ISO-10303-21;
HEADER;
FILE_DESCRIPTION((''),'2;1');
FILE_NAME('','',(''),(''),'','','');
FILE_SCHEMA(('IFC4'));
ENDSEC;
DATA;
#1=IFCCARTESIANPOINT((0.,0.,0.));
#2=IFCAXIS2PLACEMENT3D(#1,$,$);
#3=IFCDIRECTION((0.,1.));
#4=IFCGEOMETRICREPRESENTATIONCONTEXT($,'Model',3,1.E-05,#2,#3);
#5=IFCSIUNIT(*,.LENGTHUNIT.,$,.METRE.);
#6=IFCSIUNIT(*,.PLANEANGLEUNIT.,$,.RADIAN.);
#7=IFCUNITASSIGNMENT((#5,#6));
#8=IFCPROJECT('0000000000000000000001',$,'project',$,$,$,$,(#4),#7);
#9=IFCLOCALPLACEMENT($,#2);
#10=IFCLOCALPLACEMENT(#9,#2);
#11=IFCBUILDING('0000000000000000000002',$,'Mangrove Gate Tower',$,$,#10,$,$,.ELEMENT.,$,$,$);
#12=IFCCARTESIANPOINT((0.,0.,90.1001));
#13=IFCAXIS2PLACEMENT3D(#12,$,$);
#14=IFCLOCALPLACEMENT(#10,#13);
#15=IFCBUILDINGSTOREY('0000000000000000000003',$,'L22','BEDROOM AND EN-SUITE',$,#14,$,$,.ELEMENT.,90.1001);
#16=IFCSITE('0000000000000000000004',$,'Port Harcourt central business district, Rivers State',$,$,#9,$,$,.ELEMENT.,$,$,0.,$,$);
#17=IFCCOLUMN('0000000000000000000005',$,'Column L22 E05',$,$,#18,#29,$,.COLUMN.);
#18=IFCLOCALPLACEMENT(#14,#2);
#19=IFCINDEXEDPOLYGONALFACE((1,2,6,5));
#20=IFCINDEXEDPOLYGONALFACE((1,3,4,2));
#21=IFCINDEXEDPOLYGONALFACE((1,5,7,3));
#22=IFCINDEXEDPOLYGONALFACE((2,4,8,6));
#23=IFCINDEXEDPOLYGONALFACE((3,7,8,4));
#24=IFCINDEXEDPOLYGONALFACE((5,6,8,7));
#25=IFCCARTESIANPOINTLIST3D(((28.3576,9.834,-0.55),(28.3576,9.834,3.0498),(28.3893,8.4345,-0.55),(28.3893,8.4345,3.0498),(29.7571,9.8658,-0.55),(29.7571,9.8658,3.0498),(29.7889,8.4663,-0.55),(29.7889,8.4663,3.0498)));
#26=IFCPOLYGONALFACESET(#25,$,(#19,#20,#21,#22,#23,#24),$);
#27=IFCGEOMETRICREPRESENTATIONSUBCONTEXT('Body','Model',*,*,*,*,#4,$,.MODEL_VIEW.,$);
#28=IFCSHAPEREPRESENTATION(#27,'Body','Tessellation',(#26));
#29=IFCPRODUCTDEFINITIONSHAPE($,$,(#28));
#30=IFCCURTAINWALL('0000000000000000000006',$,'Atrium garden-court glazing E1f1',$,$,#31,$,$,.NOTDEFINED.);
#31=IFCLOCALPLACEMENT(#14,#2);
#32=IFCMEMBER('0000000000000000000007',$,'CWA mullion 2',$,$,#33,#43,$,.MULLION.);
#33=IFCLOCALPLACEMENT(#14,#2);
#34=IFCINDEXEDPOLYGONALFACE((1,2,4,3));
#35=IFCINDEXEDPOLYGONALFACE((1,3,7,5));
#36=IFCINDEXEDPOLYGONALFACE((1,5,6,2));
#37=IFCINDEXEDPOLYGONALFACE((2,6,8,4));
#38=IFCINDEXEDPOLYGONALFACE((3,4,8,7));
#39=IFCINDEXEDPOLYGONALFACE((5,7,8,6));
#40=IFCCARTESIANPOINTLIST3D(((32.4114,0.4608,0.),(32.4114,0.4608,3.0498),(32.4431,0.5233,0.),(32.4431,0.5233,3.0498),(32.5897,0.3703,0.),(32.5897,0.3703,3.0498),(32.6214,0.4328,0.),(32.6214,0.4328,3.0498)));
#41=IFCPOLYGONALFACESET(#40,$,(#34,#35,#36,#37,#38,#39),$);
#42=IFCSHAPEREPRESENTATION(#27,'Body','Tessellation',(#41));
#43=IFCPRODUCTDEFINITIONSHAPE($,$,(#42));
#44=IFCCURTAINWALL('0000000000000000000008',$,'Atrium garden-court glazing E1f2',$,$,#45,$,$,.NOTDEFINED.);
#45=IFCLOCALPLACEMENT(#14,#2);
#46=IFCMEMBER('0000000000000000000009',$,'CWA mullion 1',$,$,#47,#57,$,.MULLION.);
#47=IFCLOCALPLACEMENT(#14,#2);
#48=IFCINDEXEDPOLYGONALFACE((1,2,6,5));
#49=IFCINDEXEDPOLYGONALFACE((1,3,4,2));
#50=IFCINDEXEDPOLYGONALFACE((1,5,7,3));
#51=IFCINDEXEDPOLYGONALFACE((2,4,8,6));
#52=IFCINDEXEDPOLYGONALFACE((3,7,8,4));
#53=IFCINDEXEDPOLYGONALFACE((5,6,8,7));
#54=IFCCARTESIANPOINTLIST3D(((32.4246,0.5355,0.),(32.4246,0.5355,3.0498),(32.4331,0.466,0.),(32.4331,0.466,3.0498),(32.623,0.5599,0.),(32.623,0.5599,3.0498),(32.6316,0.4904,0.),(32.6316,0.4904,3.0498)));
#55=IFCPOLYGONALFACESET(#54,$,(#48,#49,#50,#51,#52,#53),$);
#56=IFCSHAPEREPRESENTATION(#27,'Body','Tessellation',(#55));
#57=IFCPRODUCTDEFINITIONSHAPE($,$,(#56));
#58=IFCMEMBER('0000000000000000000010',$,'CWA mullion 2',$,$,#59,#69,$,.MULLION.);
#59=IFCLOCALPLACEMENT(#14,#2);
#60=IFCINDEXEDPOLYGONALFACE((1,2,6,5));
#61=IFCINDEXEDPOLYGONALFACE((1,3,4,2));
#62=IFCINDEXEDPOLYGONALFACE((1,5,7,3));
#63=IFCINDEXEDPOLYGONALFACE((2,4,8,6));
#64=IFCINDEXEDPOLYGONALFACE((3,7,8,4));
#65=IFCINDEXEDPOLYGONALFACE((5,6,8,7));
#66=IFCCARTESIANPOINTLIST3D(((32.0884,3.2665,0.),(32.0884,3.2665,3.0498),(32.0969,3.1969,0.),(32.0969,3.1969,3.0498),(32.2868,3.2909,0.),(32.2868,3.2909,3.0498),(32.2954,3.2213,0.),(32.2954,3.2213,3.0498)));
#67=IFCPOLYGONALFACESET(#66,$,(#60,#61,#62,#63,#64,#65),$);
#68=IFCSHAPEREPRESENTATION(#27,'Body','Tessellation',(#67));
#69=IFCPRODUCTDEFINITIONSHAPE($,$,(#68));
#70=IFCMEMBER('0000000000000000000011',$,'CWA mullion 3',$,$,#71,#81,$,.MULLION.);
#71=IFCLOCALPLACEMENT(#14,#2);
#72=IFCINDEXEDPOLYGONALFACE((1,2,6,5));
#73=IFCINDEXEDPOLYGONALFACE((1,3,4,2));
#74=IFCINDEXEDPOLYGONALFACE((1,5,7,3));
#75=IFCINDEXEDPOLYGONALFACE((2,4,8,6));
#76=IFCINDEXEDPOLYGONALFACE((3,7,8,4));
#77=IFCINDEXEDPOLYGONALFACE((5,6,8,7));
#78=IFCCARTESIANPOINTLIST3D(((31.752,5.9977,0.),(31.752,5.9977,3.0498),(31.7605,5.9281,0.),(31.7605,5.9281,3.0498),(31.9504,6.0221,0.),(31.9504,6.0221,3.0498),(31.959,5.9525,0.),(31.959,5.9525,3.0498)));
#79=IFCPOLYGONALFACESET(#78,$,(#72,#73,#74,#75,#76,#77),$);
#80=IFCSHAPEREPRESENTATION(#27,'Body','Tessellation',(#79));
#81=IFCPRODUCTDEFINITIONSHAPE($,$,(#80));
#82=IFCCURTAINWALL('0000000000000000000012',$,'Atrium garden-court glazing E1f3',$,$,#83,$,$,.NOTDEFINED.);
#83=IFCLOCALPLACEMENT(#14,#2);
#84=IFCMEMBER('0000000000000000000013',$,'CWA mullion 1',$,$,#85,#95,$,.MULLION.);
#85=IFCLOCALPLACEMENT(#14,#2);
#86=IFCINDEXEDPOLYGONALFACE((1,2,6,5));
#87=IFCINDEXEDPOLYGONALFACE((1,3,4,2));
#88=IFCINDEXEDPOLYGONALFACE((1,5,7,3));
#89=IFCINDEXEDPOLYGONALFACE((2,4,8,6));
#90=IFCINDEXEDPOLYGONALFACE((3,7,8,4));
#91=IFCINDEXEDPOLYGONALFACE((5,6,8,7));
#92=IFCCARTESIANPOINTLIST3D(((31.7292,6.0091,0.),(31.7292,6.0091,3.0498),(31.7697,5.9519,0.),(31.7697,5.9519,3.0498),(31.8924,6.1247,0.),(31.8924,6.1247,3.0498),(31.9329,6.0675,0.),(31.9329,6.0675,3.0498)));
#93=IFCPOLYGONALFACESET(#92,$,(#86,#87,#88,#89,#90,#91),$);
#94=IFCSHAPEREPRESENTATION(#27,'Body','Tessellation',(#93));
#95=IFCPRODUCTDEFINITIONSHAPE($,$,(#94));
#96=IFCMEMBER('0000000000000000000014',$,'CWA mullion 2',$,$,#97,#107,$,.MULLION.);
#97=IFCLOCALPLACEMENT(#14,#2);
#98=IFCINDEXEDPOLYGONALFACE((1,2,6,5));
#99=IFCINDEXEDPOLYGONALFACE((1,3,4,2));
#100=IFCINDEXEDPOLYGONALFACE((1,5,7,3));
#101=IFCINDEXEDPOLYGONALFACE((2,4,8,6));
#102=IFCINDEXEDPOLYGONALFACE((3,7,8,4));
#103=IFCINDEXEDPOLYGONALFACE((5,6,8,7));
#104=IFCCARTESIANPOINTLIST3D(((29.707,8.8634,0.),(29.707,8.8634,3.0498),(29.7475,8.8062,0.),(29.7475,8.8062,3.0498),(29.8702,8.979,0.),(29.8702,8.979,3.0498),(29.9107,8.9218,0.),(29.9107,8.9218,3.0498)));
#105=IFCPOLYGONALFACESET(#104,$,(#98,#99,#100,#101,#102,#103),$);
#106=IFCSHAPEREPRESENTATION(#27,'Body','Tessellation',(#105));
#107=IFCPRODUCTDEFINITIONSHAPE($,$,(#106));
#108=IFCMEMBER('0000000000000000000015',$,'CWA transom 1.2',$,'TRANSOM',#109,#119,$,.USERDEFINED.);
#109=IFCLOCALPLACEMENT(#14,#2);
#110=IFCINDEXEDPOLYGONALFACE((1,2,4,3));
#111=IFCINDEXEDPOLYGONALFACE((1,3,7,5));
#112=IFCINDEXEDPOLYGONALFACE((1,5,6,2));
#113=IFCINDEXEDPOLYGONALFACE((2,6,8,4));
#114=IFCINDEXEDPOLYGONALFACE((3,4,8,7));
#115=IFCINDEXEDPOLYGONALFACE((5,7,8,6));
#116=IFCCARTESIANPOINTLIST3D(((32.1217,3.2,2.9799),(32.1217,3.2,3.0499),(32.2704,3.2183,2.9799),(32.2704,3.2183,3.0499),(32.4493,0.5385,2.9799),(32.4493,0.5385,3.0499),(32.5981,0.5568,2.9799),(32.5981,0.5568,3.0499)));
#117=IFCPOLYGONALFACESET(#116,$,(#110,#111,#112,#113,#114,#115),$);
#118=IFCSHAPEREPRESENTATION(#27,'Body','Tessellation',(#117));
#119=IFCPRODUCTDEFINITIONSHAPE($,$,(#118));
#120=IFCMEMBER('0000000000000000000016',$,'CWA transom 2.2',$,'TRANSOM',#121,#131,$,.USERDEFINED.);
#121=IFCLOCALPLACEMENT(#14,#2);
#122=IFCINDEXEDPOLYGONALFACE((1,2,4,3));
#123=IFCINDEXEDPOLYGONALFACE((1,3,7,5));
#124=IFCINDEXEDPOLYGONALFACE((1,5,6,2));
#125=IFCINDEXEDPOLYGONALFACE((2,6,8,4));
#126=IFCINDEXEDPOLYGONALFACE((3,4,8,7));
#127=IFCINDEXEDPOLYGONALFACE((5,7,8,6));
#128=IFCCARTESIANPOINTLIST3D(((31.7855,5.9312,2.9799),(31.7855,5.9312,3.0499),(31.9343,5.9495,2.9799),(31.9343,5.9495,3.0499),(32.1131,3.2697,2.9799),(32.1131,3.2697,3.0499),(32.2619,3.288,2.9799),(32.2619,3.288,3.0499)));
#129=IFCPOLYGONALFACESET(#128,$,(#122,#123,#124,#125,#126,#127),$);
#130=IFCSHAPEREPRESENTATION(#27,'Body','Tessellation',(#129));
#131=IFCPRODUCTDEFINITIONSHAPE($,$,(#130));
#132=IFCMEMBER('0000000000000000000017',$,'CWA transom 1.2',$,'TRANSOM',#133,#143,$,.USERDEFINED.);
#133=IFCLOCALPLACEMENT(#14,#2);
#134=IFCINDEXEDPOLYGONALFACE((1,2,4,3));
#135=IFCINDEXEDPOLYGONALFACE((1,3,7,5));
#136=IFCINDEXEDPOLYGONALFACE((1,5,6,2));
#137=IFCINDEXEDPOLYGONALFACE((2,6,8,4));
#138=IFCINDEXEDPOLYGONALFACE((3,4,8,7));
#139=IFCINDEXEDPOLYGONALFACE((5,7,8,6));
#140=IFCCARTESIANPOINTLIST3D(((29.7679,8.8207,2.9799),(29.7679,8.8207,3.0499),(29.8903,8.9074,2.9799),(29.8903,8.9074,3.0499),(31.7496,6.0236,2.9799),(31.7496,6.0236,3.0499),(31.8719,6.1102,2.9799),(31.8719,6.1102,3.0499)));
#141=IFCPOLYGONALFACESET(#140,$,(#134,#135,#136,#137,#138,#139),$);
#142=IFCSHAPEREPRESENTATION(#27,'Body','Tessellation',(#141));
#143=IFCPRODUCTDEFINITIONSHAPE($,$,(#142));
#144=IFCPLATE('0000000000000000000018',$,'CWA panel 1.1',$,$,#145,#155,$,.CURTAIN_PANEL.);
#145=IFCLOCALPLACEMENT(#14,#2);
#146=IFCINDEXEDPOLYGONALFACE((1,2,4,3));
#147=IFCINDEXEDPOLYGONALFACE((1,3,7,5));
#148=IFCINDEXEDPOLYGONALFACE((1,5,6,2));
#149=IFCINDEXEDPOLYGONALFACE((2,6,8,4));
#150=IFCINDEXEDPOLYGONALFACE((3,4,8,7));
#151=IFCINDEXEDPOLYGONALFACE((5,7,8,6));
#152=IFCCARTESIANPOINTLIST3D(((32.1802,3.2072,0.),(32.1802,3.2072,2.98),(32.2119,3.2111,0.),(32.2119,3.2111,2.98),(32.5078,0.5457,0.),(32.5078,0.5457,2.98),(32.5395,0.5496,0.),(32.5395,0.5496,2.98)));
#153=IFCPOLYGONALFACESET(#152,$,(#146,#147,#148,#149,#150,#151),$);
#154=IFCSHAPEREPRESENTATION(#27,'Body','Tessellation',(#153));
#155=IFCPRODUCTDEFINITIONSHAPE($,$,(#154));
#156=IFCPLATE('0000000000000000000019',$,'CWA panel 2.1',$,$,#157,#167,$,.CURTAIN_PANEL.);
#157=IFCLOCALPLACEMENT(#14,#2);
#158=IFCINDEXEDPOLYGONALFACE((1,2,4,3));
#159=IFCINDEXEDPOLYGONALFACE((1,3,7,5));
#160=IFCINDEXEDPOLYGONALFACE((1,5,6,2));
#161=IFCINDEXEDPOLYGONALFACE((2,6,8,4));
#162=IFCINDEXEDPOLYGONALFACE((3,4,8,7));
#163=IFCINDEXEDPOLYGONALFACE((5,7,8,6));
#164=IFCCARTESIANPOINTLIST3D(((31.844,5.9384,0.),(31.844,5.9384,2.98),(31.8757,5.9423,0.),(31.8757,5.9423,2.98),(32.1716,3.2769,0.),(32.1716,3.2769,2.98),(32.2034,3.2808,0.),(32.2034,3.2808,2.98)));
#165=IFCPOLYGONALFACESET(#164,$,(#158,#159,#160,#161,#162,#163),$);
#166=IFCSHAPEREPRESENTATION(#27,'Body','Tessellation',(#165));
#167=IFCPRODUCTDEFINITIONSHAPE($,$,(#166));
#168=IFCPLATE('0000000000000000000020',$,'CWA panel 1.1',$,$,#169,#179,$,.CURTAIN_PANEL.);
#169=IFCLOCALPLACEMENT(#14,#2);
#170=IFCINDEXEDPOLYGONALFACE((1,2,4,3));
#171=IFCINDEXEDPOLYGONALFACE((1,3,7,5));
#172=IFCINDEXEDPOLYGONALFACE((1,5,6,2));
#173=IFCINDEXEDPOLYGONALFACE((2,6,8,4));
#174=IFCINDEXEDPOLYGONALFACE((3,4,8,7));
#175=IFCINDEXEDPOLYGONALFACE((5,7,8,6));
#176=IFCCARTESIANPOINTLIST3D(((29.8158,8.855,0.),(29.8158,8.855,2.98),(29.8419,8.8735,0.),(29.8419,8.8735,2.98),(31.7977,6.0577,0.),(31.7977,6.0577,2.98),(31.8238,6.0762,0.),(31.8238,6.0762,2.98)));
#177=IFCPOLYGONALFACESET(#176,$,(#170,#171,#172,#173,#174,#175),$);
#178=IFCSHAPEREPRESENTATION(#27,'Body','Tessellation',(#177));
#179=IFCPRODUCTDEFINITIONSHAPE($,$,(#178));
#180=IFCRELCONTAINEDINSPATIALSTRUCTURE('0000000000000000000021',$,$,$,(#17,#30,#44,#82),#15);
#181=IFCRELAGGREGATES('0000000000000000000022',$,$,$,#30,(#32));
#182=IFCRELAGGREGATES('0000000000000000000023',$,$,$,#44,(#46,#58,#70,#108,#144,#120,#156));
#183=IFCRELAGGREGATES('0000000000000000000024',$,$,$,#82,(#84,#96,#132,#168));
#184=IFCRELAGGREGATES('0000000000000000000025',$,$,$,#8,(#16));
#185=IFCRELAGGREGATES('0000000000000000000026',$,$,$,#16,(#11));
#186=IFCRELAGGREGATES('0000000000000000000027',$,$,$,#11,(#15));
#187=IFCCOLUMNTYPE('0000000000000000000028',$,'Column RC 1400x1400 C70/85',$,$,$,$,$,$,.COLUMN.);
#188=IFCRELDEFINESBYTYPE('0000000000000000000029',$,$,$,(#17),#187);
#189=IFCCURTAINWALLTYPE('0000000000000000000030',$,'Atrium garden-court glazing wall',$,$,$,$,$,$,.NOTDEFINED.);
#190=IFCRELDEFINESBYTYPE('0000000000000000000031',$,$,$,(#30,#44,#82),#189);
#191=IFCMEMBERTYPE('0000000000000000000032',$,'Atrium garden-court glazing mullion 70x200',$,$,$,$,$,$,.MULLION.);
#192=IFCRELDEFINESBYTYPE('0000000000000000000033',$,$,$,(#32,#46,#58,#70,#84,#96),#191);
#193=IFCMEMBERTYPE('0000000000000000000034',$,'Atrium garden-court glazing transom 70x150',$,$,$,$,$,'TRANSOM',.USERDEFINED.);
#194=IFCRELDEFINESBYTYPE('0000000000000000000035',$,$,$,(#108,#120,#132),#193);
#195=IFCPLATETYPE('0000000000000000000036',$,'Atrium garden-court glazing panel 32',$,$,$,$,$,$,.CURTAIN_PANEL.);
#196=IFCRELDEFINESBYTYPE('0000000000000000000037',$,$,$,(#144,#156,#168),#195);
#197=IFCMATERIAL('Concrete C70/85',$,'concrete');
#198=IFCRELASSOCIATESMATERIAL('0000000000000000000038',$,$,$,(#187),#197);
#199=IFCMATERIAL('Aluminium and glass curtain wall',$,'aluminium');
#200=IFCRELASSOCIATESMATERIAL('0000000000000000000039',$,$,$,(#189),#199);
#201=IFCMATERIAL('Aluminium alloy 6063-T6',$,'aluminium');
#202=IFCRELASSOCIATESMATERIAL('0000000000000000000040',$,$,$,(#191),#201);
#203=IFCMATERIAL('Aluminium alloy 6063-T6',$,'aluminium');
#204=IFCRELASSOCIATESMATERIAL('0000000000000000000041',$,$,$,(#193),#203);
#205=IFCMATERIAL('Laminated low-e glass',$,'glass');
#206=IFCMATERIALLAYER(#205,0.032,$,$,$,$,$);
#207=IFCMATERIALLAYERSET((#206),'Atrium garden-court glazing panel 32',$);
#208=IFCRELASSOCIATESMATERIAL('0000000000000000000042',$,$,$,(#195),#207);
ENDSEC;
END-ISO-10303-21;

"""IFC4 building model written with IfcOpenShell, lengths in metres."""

from ifc_helpers import new_model, si_unit, direction, frame, origin, origin_2d, place, context, subcontext, project, spatial, rectangle, extrude, material, layer, layer_set, material_profile, profile_set, type_object, element, aggregate, save


model = new_model("IFC4")

# Units and contexts
model_context = context("Model", 3, precision=1e-05, world=origin(), true_north=direction((0.0, 1.0)))
body_context = subcontext(model_context, "Body", "Model", "MODEL_VIEW")
ifc_project = project(units=[si_unit("LENGTHUNIT", "METRE"), si_unit("PLANEANGLEUNIT", "RADIAN")], contexts=[model_context])

# Site, building, storey
site_placement = place(None, origin())
site = spatial("IfcSite", under=ifc_project, at=site_placement, Name="Port Harcourt central business district, Rivers State", CompositionType="ELEMENT", RefElevation=0.0)
building_placement = place(site_placement, origin())
building = spatial("IfcBuilding", under=site, at=building_placement, Name="Mangrove Gate Tower", CompositionType="ELEMENT")
storey_placement = place(building_placement, frame((0.0, 0.0, 90.1001)))
storey = spatial("IfcBuildingStorey", under=building, at=storey_placement, Name="L22", Description="BEDROOM AND EN-SUITE", CompositionType="ELEMENT", Elevation=90.1001)

# Column
ifc_material_1 = material(Name="Concrete C70/85", Category="concrete")
ifc_material_profile_1 = material_profile(ifc_material_1, rectangle(XDim=1.3999, YDim=1.3999, at=origin_2d()))
ifc_profile_set_1 = profile_set([ifc_material_profile_1], Name="Concrete C70/85")
column_type = type_object("IfcColumnType", Name="Column RC 1400x1400 C70/85", PredefinedType="COLUMN", material=ifc_profile_set_1)
column_placement = place(storey_placement, frame((29.0732, 9.1501, -0.55), z_axis=(0.0, 0.0, 1.0), x_axis=(-0.022684, 0.999743, 0.0)))
element("IfcColumn", 1, at=column_placement, inside=storey, type_object=column_type, Name="Column L22 E05", PredefinedType="COLUMN", context=body_context, shape_type="SweptSolid", body=[
    extrude(rectangle(XDim=1.3999, YDim=1.3999, at=origin_2d()), origin(), (0.0, 0.0, 1.0), 3.5999),
])

# Curtain wall, member
ifc_material_2 = material(Name="Aluminium and glass curtain wall", Category="aluminium")
curtain_wall_type = type_object("IfcCurtainWallType", Name="Atrium garden-court glazing wall", PredefinedType="NOTDEFINED", material=ifc_material_2)
curtain_wall_1_placement = place(storey_placement, origin())
curtain_wall_1 = element("IfcCurtainWall", 2, at=curtain_wall_1_placement, inside=storey, type_object=curtain_wall_type, Name="Atrium garden-court glazing E1f1", PredefinedType="NOTDEFINED")
ifc_material_3 = material(Name="Aluminium alloy 6063-T6", Category="aluminium")
ifc_material_profile_2 = material_profile(ifc_material_3, rectangle(XDim=0.0701, YDim=0.2, at=origin_2d()))
ifc_profile_set_2 = profile_set([ifc_material_profile_2], Name="Aluminium alloy 6063-T6")
member_type_1 = type_object("IfcMemberType", Name="Atrium garden-court glazing mullion 70x200", PredefinedType="MULLION", material=ifc_profile_set_2)
member_1_placement = place(storey_placement, frame((32.5164, 0.4468, 0.0), z_axis=(0.0, 0.0, 1.0), x_axis=(0.452581, 0.891723, 0.0)))
member_1 = element("IfcMember", 3, at=member_1_placement, type_object=member_type_1, Name="CWA mullion 2", PredefinedType="MULLION", context=body_context, shape_type="SweptSolid", body=[
    extrude(rectangle(XDim=0.0701, YDim=0.2, at=origin_2d()), origin(), (0.0, 0.0, 1.0), 3.0498),
])
aggregate(curtain_wall_1, [member_1])

# Curtain walls, members
curtain_wall_2_placement = place(storey_placement, origin())
curtain_wall_2 = element("IfcCurtainWall", 4, at=curtain_wall_2_placement, inside=storey, type_object=curtain_wall_type, Name="Atrium garden-court glazing E1f2", PredefinedType="NOTDEFINED")
member_2_placement = place(storey_placement, frame((32.5281, 0.5129, 0.0), z_axis=(0.0, 0.0, 1.0), x_axis=(-0.122172, 0.992509, 0.0)))
member_2 = element("IfcMember", 5, at=member_2_placement, type_object=member_type_1, Name="CWA mullion 1", PredefinedType="MULLION", context=body_context, shape_type="SweptSolid", body=[
    extrude(rectangle(XDim=0.0701, YDim=0.2, at=origin_2d()), origin(), (0.0, 0.0, 1.0), 3.0498),
])
member_3_placement = place(storey_placement, frame((32.1919, 3.2439, 0.0), z_axis=(0.0, 0.0, 1.0), x_axis=(-0.122172, 0.992509, 0.0)))
member_3 = element("IfcMember", 6, at=member_3_placement, type_object=member_type_1, Name="CWA mullion 2", PredefinedType="MULLION", context=body_context, shape_type="SweptSolid", body=[
    extrude(rectangle(XDim=0.0701, YDim=0.2, at=origin_2d()), origin(), (0.0, 0.0, 1.0), 3.0498),
])
member_4_placement = place(storey_placement, frame((31.8555, 5.9751, 0.0), z_axis=(0.0, 0.0, 1.0), x_axis=(-0.122172, 0.992509, 0.0)))
member_4 = element("IfcMember", 7, at=member_4_placement, type_object=member_type_1, Name="CWA mullion 3", PredefinedType="MULLION", context=body_context, shape_type="SweptSolid", body=[
    extrude(rectangle(XDim=0.0701, YDim=0.2, at=origin_2d()), origin(), (0.0, 0.0, 1.0), 3.0498),
])
curtain_wall_3_placement = place(storey_placement, origin())
curtain_wall_3 = element("IfcCurtainWall", 8, at=curtain_wall_3_placement, inside=storey, type_object=curtain_wall_type, Name="Atrium garden-court glazing E1f3", PredefinedType="NOTDEFINED")
member_5_placement = place(storey_placement, frame((31.8311, 6.0383, 0.0), z_axis=(0.0, 0.0, 1.0), x_axis=(-0.578109, 0.815959, 0.0)))
member_5 = element("IfcMember", 9, at=member_5_placement, type_object=member_type_1, Name="CWA mullion 1", PredefinedType="MULLION", context=body_context, shape_type="SweptSolid", body=[
    extrude(rectangle(XDim=0.0701, YDim=0.2, at=origin_2d()), origin(), (0.0, 0.0, 1.0), 3.0498),
])
member_6_placement = place(storey_placement, frame((29.8088, 8.8926, 0.0), z_axis=(0.0, 0.0, 1.0), x_axis=(-0.578109, 0.815959, 0.0)))
member_6 = element("IfcMember", 10, at=member_6_placement, type_object=member_type_1, Name="CWA mullion 2", PredefinedType="MULLION", context=body_context, shape_type="SweptSolid", body=[
    extrude(rectangle(XDim=0.0701, YDim=0.2, at=origin_2d()), origin(), (0.0, 0.0, 1.0), 3.0498),
])

# Members
ifc_material_4 = material(Name="Aluminium alloy 6063-T6", Category="aluminium")
ifc_material_profile_3 = material_profile(ifc_material_4, rectangle(XDim=0.0701, YDim=0.1499, at=origin_2d()))
ifc_profile_set_3 = profile_set([ifc_material_profile_3], Name="Aluminium alloy 6063-T6")
member_type_2 = type_object("IfcMemberType", Name="Atrium garden-court glazing transom 70x150", ElementType="TRANSOM", PredefinedType="USERDEFINED", material=ifc_profile_set_3)
member_7_placement = place(storey_placement, frame((32.5237, 0.5476, 3.0149), z_axis=(-0.122175, 0.992509, 0.0), x_axis=(0.0, 0.0, 1.0)))
member_7 = element("IfcMember", 11, at=member_7_placement, type_object=member_type_2, Name="CWA transom 1.2", ObjectType="TRANSOM", PredefinedType="USERDEFINED", context=body_context, shape_type="SweptSolid", body=[
    extrude(rectangle(XDim=0.0701, YDim=0.1499, at=origin_2d()), origin(), (0.0, 0.0, 1.0), 2.6816),
])
member_8_placement = place(storey_placement, frame((32.1875, 3.2788, 3.0149), z_axis=(-0.122175, 0.992509, 0.0), x_axis=(0.0, 0.0, 1.0)))
member_8 = element("IfcMember", 12, at=member_8_placement, type_object=member_type_2, Name="CWA transom 2.2", ObjectType="TRANSOM", PredefinedType="USERDEFINED", context=body_context, shape_type="SweptSolid", body=[
    extrude(rectangle(XDim=0.0701, YDim=0.1499, at=origin_2d()), origin(), (0.0, 0.0, 1.0), 2.6816),
])
member_9_placement = place(storey_placement, frame((31.8108, 6.0669, 3.0149), z_axis=(-0.578094, 0.81597, 0.0), x_axis=(0.0, 0.0, 1.0)))
member_9 = element("IfcMember", 13, at=member_9_placement, type_object=member_type_2, Name="CWA transom 1.2", ObjectType="TRANSOM", PredefinedType="USERDEFINED", context=body_context, shape_type="SweptSolid", body=[
    extrude(rectangle(XDim=0.0701, YDim=0.1499, at=origin_2d()), origin(), (0.0, 0.0, 1.0), 3.428),
])

# Plates
ifc_material_5 = material(Name="Laminated low-e glass", Category="glass")
ifc_layer_1 = layer(ifc_material_5, 0.032)
ifc_layer_set_1 = layer_set([ifc_layer_1], Name="Atrium garden-court glazing panel 32")
plate_type = type_object("IfcPlateType", Name="Atrium garden-court glazing panel 32", PredefinedType="CURTAIN_PANEL", material=ifc_layer_set_1)
plate_1_placement = place(storey_placement, frame((32.3599, 1.8784, 0.0), z_axis=(0.0, 0.0, 1.0), x_axis=(-0.122172, 0.992509, 0.0)))
plate_1 = element("IfcPlate", 14, at=plate_1_placement, type_object=plate_type, Name="CWA panel 1.1", PredefinedType="CURTAIN_PANEL", context=body_context, shape_type="SweptSolid", body=[
    extrude(rectangle(XDim=2.6816, YDim=0.032, at=origin_2d()), origin(), (0.0, 0.0, 1.0), 2.98),
])
plate_2_placement = place(storey_placement, frame((32.0237, 4.6096, 0.0), z_axis=(0.0, 0.0, 1.0), x_axis=(-0.122172, 0.992509, 0.0)))
plate_2 = element("IfcPlate", 15, at=plate_2_placement, type_object=plate_type, Name="CWA panel 2.1", PredefinedType="CURTAIN_PANEL", context=body_context, shape_type="SweptSolid", body=[
    extrude(rectangle(XDim=2.6816, YDim=0.032, at=origin_2d()), origin(), (0.0, 0.0, 1.0), 2.98),
])
aggregate(curtain_wall_2, [member_2, member_3, member_4, member_7, plate_1, member_8, plate_2])
plate_3_placement = place(storey_placement, frame((30.8198, 7.4656, 0.0), z_axis=(0.0, 0.0, 1.0), x_axis=(-0.578109, 0.815959, 0.0)))
plate_3 = element("IfcPlate", 16, at=plate_3_placement, type_object=plate_type, Name="CWA panel 1.1", PredefinedType="CURTAIN_PANEL", context=body_context, shape_type="SweptSolid", body=[
    extrude(rectangle(XDim=3.4282, YDim=0.032, at=origin_2d()), origin(), (0.0, 0.0, 1.0), 2.98),
])
aggregate(curtain_wall_3, [member_5, member_6, member_9, plate_3])

save(model, "model.ifc")
